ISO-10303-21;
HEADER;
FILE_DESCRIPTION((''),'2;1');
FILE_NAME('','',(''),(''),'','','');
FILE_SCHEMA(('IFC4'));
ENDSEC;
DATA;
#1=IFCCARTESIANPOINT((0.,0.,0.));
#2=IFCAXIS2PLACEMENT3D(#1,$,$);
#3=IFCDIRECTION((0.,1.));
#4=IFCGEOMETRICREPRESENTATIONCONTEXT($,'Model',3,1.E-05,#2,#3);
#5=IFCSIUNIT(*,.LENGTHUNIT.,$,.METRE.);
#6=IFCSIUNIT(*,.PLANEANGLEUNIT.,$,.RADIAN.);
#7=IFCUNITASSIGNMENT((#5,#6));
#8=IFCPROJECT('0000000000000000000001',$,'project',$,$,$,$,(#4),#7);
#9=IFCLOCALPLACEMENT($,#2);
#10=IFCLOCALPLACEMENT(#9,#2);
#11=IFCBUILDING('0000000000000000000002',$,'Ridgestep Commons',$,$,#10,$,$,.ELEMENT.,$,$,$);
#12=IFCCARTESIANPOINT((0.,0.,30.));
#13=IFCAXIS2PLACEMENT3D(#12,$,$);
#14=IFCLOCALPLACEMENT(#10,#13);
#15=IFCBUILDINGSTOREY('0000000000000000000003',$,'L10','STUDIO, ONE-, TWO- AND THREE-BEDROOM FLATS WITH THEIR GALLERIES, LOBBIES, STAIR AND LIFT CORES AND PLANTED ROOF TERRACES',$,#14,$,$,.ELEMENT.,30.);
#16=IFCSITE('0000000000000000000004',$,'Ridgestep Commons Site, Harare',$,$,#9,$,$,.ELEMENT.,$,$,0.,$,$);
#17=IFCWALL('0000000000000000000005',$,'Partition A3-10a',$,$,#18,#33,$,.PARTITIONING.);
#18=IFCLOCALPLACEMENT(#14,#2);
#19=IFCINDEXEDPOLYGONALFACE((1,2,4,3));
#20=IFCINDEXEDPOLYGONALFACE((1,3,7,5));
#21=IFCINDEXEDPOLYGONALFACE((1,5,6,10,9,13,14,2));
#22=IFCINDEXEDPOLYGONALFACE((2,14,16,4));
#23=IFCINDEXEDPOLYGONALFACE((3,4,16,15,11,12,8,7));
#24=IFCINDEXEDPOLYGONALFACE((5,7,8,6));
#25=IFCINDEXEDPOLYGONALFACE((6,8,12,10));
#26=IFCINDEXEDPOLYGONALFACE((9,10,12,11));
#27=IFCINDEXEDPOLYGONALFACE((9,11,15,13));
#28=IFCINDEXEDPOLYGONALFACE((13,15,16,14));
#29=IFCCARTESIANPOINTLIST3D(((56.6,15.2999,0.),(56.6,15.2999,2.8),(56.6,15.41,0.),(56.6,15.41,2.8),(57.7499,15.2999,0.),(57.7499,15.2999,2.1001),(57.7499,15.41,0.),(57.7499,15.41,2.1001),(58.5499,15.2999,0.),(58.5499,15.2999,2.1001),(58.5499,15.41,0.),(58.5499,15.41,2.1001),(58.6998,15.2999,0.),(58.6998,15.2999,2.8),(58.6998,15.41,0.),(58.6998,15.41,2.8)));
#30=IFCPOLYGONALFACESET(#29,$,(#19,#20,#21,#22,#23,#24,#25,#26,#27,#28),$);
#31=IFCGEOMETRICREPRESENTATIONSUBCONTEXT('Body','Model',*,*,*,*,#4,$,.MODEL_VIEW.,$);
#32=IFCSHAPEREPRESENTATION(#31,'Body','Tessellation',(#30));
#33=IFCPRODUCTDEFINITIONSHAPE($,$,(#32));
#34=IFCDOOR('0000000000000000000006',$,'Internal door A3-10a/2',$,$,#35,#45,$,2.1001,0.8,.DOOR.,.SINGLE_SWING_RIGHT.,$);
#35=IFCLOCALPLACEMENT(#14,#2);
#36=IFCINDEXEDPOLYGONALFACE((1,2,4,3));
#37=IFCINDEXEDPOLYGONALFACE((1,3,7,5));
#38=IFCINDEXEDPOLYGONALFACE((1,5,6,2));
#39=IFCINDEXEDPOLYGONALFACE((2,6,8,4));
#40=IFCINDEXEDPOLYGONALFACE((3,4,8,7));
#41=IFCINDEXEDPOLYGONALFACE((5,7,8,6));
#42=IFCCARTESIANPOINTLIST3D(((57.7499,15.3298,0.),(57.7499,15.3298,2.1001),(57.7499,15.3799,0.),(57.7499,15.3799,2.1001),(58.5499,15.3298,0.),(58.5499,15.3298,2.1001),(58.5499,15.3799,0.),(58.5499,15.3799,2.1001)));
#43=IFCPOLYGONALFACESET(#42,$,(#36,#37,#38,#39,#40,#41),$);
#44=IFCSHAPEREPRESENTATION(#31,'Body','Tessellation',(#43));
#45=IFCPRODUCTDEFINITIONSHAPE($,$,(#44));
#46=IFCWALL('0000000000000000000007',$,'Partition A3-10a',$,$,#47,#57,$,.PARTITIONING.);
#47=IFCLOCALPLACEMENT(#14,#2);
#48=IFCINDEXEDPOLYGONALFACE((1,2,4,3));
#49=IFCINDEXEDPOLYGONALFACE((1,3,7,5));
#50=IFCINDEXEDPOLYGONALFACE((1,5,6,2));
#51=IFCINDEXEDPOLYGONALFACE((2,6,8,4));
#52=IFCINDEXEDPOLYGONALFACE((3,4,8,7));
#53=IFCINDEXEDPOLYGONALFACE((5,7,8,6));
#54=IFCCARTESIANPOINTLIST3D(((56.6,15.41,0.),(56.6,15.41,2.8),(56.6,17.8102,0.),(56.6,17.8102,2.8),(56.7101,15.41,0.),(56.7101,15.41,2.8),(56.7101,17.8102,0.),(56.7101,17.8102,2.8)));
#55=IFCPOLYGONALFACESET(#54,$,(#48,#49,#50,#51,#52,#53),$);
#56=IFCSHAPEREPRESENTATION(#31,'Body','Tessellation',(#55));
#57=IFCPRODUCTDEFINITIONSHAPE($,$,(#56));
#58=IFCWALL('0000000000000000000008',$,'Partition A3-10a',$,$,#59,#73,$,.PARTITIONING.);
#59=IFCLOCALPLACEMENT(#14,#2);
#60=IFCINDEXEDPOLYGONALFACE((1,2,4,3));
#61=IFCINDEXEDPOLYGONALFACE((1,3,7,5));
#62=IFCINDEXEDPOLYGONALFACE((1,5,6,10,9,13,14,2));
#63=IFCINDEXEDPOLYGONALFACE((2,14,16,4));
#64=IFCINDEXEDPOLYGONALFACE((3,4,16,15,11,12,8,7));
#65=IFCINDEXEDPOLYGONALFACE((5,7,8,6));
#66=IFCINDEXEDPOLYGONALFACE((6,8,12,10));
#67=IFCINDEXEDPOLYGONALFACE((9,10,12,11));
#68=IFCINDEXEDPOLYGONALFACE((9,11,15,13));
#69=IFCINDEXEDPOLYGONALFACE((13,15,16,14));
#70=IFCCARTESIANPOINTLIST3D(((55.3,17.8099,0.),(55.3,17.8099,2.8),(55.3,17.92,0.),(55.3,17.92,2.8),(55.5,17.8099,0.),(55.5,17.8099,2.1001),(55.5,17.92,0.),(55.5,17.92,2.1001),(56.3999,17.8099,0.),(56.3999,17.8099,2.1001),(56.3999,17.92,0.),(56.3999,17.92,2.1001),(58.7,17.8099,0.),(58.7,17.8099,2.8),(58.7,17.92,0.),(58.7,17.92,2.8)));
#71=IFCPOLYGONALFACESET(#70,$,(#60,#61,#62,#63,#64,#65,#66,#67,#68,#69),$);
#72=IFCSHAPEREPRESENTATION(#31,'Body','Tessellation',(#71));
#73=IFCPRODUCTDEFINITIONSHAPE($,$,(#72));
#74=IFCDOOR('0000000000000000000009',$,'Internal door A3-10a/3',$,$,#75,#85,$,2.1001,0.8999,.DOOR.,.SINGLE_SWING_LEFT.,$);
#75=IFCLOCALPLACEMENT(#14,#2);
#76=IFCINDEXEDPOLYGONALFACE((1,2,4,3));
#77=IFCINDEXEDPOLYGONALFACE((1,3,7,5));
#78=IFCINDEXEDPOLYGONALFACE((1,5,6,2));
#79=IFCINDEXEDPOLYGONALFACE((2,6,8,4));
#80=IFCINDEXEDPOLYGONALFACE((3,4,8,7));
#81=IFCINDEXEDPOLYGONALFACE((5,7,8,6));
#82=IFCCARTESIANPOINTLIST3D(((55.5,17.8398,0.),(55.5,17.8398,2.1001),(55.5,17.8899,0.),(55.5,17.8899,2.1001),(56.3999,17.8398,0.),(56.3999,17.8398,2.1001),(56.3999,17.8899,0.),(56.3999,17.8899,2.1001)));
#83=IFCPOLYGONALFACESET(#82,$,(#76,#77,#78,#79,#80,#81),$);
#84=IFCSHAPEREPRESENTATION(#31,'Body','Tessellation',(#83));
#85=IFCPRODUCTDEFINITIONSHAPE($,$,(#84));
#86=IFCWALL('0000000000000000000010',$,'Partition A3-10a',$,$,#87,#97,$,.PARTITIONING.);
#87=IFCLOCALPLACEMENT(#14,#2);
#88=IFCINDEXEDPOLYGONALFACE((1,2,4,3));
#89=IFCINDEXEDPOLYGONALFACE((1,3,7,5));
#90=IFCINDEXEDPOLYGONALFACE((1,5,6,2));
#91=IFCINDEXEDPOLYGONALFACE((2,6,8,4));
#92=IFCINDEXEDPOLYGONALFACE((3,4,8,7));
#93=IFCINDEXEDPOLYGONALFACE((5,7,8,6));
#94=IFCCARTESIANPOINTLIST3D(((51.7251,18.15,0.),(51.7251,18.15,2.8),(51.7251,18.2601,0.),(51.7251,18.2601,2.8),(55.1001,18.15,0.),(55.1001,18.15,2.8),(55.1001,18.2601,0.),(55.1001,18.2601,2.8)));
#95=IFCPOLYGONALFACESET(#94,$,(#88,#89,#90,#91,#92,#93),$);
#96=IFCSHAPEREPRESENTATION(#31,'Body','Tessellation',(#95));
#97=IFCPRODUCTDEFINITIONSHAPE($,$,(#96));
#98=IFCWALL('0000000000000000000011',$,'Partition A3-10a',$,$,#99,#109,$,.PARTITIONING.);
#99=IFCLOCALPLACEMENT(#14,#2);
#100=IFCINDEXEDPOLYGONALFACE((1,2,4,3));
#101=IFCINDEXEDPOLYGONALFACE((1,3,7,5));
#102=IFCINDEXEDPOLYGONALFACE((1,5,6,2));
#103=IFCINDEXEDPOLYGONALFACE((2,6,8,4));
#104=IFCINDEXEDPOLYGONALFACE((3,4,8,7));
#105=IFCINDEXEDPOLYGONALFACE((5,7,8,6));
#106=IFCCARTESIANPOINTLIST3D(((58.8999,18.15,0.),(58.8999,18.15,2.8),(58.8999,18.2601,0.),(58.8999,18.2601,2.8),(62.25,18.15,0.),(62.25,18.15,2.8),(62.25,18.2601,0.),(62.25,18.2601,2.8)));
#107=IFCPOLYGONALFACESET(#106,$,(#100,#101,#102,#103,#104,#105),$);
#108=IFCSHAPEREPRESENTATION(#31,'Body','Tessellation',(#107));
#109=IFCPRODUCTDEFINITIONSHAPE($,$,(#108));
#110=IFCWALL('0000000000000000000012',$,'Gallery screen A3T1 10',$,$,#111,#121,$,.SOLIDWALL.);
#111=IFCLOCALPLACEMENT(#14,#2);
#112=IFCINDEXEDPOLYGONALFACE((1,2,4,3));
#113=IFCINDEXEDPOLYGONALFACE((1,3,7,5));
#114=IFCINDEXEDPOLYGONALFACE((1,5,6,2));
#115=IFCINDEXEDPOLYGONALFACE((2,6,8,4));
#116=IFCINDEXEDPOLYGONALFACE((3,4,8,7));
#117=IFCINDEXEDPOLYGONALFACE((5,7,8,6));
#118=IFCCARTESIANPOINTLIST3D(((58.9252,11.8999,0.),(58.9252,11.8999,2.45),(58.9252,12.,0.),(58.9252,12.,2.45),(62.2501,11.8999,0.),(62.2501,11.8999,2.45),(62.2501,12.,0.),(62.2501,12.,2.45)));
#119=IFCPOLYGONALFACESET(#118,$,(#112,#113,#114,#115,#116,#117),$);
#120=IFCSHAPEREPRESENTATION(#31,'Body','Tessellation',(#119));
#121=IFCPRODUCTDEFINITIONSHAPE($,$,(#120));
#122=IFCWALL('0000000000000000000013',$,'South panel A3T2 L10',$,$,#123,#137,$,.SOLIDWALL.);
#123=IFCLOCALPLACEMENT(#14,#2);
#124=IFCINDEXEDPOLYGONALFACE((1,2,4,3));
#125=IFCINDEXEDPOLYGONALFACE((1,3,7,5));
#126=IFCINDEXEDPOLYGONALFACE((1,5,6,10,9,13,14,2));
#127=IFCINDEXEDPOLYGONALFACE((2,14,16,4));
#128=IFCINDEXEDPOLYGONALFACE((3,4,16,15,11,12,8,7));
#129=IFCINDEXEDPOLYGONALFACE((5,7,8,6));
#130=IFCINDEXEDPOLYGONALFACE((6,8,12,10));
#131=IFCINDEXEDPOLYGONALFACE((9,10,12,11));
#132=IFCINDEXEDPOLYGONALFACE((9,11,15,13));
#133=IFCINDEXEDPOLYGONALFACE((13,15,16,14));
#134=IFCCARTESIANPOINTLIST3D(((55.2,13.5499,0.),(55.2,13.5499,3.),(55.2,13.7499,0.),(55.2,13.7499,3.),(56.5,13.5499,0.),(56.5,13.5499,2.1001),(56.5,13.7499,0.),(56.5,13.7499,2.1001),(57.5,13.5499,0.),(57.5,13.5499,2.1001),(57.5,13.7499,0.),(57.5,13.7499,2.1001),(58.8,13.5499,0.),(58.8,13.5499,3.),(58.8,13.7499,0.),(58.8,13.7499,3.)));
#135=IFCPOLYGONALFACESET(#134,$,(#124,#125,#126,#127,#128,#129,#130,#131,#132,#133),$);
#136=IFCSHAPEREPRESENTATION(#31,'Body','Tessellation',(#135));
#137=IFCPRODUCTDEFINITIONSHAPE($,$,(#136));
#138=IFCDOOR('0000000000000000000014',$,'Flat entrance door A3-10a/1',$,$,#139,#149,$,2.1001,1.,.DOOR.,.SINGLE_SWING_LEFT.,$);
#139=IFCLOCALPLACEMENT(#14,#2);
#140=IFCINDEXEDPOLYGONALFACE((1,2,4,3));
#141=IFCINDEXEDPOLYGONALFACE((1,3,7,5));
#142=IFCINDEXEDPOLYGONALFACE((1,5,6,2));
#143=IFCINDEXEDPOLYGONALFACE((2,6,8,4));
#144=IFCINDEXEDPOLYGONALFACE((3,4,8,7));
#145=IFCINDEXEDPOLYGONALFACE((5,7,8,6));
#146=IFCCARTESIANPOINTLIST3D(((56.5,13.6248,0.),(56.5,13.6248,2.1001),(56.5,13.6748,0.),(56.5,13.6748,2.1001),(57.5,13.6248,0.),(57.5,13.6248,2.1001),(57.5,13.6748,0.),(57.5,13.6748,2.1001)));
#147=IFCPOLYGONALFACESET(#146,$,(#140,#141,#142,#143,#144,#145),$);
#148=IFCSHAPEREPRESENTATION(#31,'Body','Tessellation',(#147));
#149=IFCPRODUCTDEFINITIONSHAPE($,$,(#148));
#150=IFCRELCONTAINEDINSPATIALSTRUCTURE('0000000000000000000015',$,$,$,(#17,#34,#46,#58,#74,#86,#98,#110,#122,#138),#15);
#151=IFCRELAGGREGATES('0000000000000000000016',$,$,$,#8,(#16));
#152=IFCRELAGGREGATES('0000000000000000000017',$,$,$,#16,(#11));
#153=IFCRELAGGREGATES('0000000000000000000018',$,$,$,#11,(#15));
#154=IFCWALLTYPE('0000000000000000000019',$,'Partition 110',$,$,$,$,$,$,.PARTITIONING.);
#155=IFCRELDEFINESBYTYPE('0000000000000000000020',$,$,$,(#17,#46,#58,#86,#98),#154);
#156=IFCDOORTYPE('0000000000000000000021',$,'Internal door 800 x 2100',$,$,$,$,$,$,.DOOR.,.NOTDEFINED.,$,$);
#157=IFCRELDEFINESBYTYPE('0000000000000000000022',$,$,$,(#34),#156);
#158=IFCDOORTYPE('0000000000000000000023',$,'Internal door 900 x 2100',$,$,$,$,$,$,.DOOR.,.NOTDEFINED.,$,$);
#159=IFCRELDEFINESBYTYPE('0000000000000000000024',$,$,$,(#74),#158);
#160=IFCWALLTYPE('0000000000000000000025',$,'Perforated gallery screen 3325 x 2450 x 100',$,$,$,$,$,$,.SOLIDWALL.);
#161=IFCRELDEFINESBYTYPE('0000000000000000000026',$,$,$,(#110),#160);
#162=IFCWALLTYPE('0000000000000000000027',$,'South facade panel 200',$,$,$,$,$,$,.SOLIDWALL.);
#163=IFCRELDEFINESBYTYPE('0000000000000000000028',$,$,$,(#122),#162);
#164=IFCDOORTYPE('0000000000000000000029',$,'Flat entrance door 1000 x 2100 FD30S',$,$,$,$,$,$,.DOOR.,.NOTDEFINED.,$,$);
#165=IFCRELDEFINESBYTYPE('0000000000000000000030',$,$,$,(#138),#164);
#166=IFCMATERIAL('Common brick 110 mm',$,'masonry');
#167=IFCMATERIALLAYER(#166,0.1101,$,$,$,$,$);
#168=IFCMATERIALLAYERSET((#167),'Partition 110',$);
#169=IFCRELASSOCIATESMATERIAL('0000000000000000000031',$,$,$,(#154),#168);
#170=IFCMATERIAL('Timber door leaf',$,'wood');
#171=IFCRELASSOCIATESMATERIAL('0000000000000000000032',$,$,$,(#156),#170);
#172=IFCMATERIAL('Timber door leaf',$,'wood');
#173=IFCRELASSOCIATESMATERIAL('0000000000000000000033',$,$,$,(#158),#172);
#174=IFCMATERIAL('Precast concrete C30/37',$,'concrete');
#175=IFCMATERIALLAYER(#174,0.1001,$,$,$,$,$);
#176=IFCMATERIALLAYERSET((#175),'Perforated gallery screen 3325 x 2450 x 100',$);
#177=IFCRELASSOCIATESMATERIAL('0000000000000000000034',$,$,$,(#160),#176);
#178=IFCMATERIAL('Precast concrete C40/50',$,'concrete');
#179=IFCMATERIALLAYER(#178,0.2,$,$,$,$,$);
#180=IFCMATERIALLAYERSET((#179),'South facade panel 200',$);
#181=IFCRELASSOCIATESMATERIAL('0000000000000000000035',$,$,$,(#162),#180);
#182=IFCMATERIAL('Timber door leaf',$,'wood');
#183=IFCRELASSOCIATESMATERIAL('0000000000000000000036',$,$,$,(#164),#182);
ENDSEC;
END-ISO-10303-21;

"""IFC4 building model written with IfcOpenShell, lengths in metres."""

from ifc_helpers import new_model, si_unit, direction, frame, frame_2d, origin, place, context, subcontext, project, spatial, rectangle, extrude, material, layer, layer_set, type_object, element, fill, save


model = new_model("IFC4")

# Units and contexts
model_context = context("Model", 3, precision=1e-05, world=origin(), true_north=direction((0.0, 1.0)))
body_context = subcontext(model_context, "Body", "Model", "MODEL_VIEW")
ifc_project = project(units=[si_unit("LENGTHUNIT", "METRE"), si_unit("PLANEANGLEUNIT", "RADIAN")], contexts=[model_context])

# Site, building, storey
site_placement = place(None, origin())
site = spatial("IfcSite", under=ifc_project, at=site_placement, Name="Ridgestep Commons Site, Harare", CompositionType="ELEMENT", RefElevation=0.0)
building_placement = place(site_placement, origin())
building = spatial("IfcBuilding", under=site, at=building_placement, Name="Ridgestep Commons", CompositionType="ELEMENT")
storey_placement = place(building_placement, frame((0.0, 0.0, 30.0)))
storey = spatial("IfcBuildingStorey", under=building, at=storey_placement, Name="L10", Description="STUDIO, ONE-, TWO- AND THREE-BEDROOM FLATS WITH THEIR GALLERIES, LOBBIES, STAIR AND LIFT CORES AND PLANTED ROOF TERRACES", CompositionType="ELEMENT", Elevation=30.0)

# Wall, opening, door
ifc_material_1 = material(Name="Common brick 110 mm", Category="masonry")
ifc_layer_1 = layer(ifc_material_1, 0.1101)
ifc_layer_set_1 = layer_set([ifc_layer_1], Name="Partition 110")
wall_type_1 = type_object("IfcWallType", Name="Partition 110", PredefinedType="PARTITIONING", material=ifc_layer_set_1)
wall_1_placement = place(storey_placement, frame((56.6001, 15.355, 0.0), z_axis=(0.0, 0.0, 1.0), x_axis=(1.0, 0.0, 0.0)))
wall_1 = element("IfcWall", 1, at=wall_1_placement, inside=storey, type_object=wall_type_1, Name="Partition A3-10a", PredefinedType="PARTITIONING", context=body_context, shape_type="SweptSolid", body=[
    extrude(rectangle(XDim=2.0999, YDim=0.1101, at=frame_2d((1.0498, 0.0))), origin(), (0.0, 0.0, 1.0), 2.8),
])
opening_1_placement = place(wall_1_placement, frame((1.1499, 0.0, 0.0)))
opening_1 = element("IfcOpeningElement", 2, at=opening_1_placement, cuts=wall_1, PredefinedType="OPENING", context=body_context, shape_type="SweptSolid", body=[
    extrude(rectangle(XDim=0.8, YDim=2.1001, at=frame_2d((0.3999, 1.05))), frame((0.0, 0.0649, 0.0), z_axis=(0.0, -1.0, 0.0), x_axis=(1.0, 0.0, 0.0)), (0.0, 0.0, 1.0), 0.1301),
])
ifc_material_2 = material(Name="Timber door leaf", Category="wood")
door_type_1 = type_object("IfcDoorType", Name="Internal door 800 x 2100", OperationType="NOTDEFINED", PredefinedType="DOOR", material=ifc_material_2)
door_1_placement = place(opening_1_placement, origin())
door_1 = element("IfcDoor", 3, at=door_1_placement, inside=storey, type_object=door_type_1, Name="Internal door A3-10a/2", OperationType="SINGLE_SWING_RIGHT", OverallHeight=2.1001, OverallWidth=0.8, PredefinedType="DOOR", context=body_context, shape_type="SweptSolid", body=[
    extrude(rectangle(XDim=0.8, YDim=2.1001, at=frame_2d((0.3999, 1.05))), frame((0.0, 0.0249, 0.0), z_axis=(0.0, -1.0, 0.0), x_axis=(1.0, 0.0, 0.0)), (0.0, 0.0, 1.0), 0.05),
])
fill(opening_1, door_1)

# Wall
wall_2_placement = place(storey_placement, frame((56.655, 15.4099, 0.0), z_axis=(0.0, 0.0, 1.0), x_axis=(0.0, 1.0, 0.0)))
element("IfcWall", 4, at=wall_2_placement, inside=storey, type_object=wall_type_1, Name="Partition A3-10a", PredefinedType="PARTITIONING", context=body_context, shape_type="SweptSolid", body=[
    extrude(rectangle(XDim=2.4001, YDim=0.1101, at=frame_2d((1.2002, 0.0))), origin(), (0.0, 0.0, 1.0), 2.8),
])

# Wall, opening, door
wall_3_placement = place(storey_placement, frame((55.3, 17.865, 0.0), z_axis=(0.0, 0.0, 1.0), x_axis=(1.0, 0.0, 0.0)))
wall_3 = element("IfcWall", 5, at=wall_3_placement, inside=storey, type_object=wall_type_1, Name="Partition A3-10a", PredefinedType="PARTITIONING", context=body_context, shape_type="SweptSolid", body=[
    extrude(rectangle(XDim=3.3999, YDim=0.1101, at=frame_2d((1.7, 0.0))), origin(), (0.0, 0.0, 1.0), 2.8),
])
opening_2_placement = place(wall_3_placement, frame((0.2, 0.0, 0.0)))
opening_2 = element("IfcOpeningElement", 6, at=opening_2_placement, cuts=wall_3, PredefinedType="OPENING", context=body_context, shape_type="SweptSolid", body=[
    extrude(rectangle(XDim=0.8999, YDim=2.1001, at=frame_2d((0.45, 1.05))), frame((0.0, 0.0649, 0.0), z_axis=(0.0, -1.0, 0.0), x_axis=(1.0, 0.0, 0.0)), (0.0, 0.0, 1.0), 0.1301),
])
ifc_material_3 = material(Name="Timber door leaf", Category="wood")
door_type_2 = type_object("IfcDoorType", Name="Internal door 900 x 2100", OperationType="NOTDEFINED", PredefinedType="DOOR", material=ifc_material_3)
door_2_placement = place(opening_2_placement, origin())
door_2 = element("IfcDoor", 7, at=door_2_placement, inside=storey, type_object=door_type_2, Name="Internal door A3-10a/3", OperationType="SINGLE_SWING_LEFT", OverallHeight=2.1001, OverallWidth=0.8999, PredefinedType="DOOR", context=body_context, shape_type="SweptSolid", body=[
    extrude(rectangle(XDim=0.8999, YDim=2.1001, at=frame_2d((0.45, 1.05))), frame((0.0, 0.0249, 0.0), z_axis=(0.0, -1.0, 0.0), x_axis=(1.0, 0.0, 0.0)), (0.0, 0.0, 1.0), 0.05),
])
fill(opening_2, door_2)

# Walls
wall_4_placement = place(storey_placement, frame((51.7251, 18.2051, 0.0), z_axis=(0.0, 0.0, 1.0), x_axis=(1.0, 0.0, 0.0)))
element("IfcWall", 8, at=wall_4_placement, inside=storey, type_object=wall_type_1, Name="Partition A3-10a", PredefinedType="PARTITIONING", context=body_context, shape_type="SweptSolid", body=[
    extrude(rectangle(XDim=3.375, YDim=0.1101, at=frame_2d((1.6875, 0.0))), origin(), (0.0, 0.0, 1.0), 2.8),
])
wall_5_placement = place(storey_placement, frame((58.8999, 18.2051, 0.0), z_axis=(0.0, 0.0, 1.0), x_axis=(1.0, 0.0, 0.0)))
element("IfcWall", 9, at=wall_5_placement, inside=storey, type_object=wall_type_1, Name="Partition A3-10a", PredefinedType="PARTITIONING", context=body_context, shape_type="SweptSolid", body=[
    extrude(rectangle(XDim=3.3501, YDim=0.1101, at=frame_2d((1.675, 0.0))), origin(), (0.0, 0.0, 1.0), 2.8),
])
ifc_material_4 = material(Name="Precast concrete C30/37", Category="concrete")
ifc_layer_2 = layer(ifc_material_4, 0.1001)
ifc_layer_set_2 = layer_set([ifc_layer_2], Name="Perforated gallery screen 3325 x 2450 x 100")
wall_type_2 = type_object("IfcWallType", Name="Perforated gallery screen 3325 x 2450 x 100", PredefinedType="SOLIDWALL", material=ifc_layer_set_2)
wall_6_placement = place(storey_placement, frame((58.925, 11.95, 0.0), z_axis=(0.0, 0.0, 1.0), x_axis=(1.0, 0.0, 0.0)))
element("IfcWall", 10, at=wall_6_placement, inside=storey, type_object=wall_type_2, Name="Gallery screen A3T1 10", PredefinedType="SOLIDWALL", context=body_context, shape_type="SweptSolid", body=[
    extrude(rectangle(XDim=3.325, YDim=0.1001, at=frame_2d((1.6626, 0.0))), origin(), (0.0, 0.0, 1.0), 2.45),
])

# Wall, opening, door
ifc_material_5 = material(Name="Precast concrete C40/50", Category="concrete")
ifc_layer_3 = layer(ifc_material_5, 0.2)
ifc_layer_set_3 = layer_set([ifc_layer_3], Name="South facade panel 200")
wall_type_3 = type_object("IfcWallType", Name="South facade panel 200", PredefinedType="SOLIDWALL", material=ifc_layer_set_3)
wall_7_placement = place(storey_placement, frame((55.2, 13.6499, 0.0), z_axis=(0.0, 0.0, 1.0), x_axis=(1.0, 0.0, 0.0)))
wall_7 = element("IfcWall", 11, at=wall_7_placement, inside=storey, type_object=wall_type_3, Name="South panel A3T2 L10", PredefinedType="SOLIDWALL", context=body_context, shape_type="SweptSolid", body=[
    extrude(rectangle(XDim=3.6001, YDim=0.2, at=frame_2d((1.8, 0.0))), origin(), (0.0, 0.0, 1.0), 3.0),
])
opening_3_placement = place(wall_7_placement, frame((1.3, 0.0, 0.0)))
opening_3 = element("IfcOpeningElement", 12, at=opening_3_placement, cuts=wall_7, PredefinedType="OPENING", context=body_context, shape_type="SweptSolid", body=[
    extrude(rectangle(XDim=1.0, YDim=2.1001, at=frame_2d((0.5, 1.05))), frame((0.0, 0.1099, 0.0), z_axis=(0.0, -1.0, 0.0), x_axis=(1.0, 0.0, 0.0)), (0.0, 0.0, 1.0), 0.22),
])
ifc_material_6 = material(Name="Timber door leaf", Category="wood")
door_type_3 = type_object("IfcDoorType", Name="Flat entrance door 1000 x 2100 FD30S", OperationType="NOTDEFINED", PredefinedType="DOOR", material=ifc_material_6)
door_3_placement = place(opening_3_placement, origin())
door_3 = element("IfcDoor", 13, at=door_3_placement, inside=storey, type_object=door_type_3, Name="Flat entrance door A3-10a/1", OperationType="SINGLE_SWING_LEFT", OverallHeight=2.1001, OverallWidth=1.0, PredefinedType="DOOR", context=body_context, shape_type="SweptSolid", body=[
    extrude(rectangle(XDim=1.0, YDim=2.1001, at=frame_2d((0.5, 1.05))), frame((0.0, 0.0249, 0.0), z_axis=(0.0, -1.0, 0.0), x_axis=(1.0, 0.0, 0.0)), (0.0, 0.0, 1.0), 0.05),
])
fill(opening_3, door_3)

save(model, "model.ifc")
